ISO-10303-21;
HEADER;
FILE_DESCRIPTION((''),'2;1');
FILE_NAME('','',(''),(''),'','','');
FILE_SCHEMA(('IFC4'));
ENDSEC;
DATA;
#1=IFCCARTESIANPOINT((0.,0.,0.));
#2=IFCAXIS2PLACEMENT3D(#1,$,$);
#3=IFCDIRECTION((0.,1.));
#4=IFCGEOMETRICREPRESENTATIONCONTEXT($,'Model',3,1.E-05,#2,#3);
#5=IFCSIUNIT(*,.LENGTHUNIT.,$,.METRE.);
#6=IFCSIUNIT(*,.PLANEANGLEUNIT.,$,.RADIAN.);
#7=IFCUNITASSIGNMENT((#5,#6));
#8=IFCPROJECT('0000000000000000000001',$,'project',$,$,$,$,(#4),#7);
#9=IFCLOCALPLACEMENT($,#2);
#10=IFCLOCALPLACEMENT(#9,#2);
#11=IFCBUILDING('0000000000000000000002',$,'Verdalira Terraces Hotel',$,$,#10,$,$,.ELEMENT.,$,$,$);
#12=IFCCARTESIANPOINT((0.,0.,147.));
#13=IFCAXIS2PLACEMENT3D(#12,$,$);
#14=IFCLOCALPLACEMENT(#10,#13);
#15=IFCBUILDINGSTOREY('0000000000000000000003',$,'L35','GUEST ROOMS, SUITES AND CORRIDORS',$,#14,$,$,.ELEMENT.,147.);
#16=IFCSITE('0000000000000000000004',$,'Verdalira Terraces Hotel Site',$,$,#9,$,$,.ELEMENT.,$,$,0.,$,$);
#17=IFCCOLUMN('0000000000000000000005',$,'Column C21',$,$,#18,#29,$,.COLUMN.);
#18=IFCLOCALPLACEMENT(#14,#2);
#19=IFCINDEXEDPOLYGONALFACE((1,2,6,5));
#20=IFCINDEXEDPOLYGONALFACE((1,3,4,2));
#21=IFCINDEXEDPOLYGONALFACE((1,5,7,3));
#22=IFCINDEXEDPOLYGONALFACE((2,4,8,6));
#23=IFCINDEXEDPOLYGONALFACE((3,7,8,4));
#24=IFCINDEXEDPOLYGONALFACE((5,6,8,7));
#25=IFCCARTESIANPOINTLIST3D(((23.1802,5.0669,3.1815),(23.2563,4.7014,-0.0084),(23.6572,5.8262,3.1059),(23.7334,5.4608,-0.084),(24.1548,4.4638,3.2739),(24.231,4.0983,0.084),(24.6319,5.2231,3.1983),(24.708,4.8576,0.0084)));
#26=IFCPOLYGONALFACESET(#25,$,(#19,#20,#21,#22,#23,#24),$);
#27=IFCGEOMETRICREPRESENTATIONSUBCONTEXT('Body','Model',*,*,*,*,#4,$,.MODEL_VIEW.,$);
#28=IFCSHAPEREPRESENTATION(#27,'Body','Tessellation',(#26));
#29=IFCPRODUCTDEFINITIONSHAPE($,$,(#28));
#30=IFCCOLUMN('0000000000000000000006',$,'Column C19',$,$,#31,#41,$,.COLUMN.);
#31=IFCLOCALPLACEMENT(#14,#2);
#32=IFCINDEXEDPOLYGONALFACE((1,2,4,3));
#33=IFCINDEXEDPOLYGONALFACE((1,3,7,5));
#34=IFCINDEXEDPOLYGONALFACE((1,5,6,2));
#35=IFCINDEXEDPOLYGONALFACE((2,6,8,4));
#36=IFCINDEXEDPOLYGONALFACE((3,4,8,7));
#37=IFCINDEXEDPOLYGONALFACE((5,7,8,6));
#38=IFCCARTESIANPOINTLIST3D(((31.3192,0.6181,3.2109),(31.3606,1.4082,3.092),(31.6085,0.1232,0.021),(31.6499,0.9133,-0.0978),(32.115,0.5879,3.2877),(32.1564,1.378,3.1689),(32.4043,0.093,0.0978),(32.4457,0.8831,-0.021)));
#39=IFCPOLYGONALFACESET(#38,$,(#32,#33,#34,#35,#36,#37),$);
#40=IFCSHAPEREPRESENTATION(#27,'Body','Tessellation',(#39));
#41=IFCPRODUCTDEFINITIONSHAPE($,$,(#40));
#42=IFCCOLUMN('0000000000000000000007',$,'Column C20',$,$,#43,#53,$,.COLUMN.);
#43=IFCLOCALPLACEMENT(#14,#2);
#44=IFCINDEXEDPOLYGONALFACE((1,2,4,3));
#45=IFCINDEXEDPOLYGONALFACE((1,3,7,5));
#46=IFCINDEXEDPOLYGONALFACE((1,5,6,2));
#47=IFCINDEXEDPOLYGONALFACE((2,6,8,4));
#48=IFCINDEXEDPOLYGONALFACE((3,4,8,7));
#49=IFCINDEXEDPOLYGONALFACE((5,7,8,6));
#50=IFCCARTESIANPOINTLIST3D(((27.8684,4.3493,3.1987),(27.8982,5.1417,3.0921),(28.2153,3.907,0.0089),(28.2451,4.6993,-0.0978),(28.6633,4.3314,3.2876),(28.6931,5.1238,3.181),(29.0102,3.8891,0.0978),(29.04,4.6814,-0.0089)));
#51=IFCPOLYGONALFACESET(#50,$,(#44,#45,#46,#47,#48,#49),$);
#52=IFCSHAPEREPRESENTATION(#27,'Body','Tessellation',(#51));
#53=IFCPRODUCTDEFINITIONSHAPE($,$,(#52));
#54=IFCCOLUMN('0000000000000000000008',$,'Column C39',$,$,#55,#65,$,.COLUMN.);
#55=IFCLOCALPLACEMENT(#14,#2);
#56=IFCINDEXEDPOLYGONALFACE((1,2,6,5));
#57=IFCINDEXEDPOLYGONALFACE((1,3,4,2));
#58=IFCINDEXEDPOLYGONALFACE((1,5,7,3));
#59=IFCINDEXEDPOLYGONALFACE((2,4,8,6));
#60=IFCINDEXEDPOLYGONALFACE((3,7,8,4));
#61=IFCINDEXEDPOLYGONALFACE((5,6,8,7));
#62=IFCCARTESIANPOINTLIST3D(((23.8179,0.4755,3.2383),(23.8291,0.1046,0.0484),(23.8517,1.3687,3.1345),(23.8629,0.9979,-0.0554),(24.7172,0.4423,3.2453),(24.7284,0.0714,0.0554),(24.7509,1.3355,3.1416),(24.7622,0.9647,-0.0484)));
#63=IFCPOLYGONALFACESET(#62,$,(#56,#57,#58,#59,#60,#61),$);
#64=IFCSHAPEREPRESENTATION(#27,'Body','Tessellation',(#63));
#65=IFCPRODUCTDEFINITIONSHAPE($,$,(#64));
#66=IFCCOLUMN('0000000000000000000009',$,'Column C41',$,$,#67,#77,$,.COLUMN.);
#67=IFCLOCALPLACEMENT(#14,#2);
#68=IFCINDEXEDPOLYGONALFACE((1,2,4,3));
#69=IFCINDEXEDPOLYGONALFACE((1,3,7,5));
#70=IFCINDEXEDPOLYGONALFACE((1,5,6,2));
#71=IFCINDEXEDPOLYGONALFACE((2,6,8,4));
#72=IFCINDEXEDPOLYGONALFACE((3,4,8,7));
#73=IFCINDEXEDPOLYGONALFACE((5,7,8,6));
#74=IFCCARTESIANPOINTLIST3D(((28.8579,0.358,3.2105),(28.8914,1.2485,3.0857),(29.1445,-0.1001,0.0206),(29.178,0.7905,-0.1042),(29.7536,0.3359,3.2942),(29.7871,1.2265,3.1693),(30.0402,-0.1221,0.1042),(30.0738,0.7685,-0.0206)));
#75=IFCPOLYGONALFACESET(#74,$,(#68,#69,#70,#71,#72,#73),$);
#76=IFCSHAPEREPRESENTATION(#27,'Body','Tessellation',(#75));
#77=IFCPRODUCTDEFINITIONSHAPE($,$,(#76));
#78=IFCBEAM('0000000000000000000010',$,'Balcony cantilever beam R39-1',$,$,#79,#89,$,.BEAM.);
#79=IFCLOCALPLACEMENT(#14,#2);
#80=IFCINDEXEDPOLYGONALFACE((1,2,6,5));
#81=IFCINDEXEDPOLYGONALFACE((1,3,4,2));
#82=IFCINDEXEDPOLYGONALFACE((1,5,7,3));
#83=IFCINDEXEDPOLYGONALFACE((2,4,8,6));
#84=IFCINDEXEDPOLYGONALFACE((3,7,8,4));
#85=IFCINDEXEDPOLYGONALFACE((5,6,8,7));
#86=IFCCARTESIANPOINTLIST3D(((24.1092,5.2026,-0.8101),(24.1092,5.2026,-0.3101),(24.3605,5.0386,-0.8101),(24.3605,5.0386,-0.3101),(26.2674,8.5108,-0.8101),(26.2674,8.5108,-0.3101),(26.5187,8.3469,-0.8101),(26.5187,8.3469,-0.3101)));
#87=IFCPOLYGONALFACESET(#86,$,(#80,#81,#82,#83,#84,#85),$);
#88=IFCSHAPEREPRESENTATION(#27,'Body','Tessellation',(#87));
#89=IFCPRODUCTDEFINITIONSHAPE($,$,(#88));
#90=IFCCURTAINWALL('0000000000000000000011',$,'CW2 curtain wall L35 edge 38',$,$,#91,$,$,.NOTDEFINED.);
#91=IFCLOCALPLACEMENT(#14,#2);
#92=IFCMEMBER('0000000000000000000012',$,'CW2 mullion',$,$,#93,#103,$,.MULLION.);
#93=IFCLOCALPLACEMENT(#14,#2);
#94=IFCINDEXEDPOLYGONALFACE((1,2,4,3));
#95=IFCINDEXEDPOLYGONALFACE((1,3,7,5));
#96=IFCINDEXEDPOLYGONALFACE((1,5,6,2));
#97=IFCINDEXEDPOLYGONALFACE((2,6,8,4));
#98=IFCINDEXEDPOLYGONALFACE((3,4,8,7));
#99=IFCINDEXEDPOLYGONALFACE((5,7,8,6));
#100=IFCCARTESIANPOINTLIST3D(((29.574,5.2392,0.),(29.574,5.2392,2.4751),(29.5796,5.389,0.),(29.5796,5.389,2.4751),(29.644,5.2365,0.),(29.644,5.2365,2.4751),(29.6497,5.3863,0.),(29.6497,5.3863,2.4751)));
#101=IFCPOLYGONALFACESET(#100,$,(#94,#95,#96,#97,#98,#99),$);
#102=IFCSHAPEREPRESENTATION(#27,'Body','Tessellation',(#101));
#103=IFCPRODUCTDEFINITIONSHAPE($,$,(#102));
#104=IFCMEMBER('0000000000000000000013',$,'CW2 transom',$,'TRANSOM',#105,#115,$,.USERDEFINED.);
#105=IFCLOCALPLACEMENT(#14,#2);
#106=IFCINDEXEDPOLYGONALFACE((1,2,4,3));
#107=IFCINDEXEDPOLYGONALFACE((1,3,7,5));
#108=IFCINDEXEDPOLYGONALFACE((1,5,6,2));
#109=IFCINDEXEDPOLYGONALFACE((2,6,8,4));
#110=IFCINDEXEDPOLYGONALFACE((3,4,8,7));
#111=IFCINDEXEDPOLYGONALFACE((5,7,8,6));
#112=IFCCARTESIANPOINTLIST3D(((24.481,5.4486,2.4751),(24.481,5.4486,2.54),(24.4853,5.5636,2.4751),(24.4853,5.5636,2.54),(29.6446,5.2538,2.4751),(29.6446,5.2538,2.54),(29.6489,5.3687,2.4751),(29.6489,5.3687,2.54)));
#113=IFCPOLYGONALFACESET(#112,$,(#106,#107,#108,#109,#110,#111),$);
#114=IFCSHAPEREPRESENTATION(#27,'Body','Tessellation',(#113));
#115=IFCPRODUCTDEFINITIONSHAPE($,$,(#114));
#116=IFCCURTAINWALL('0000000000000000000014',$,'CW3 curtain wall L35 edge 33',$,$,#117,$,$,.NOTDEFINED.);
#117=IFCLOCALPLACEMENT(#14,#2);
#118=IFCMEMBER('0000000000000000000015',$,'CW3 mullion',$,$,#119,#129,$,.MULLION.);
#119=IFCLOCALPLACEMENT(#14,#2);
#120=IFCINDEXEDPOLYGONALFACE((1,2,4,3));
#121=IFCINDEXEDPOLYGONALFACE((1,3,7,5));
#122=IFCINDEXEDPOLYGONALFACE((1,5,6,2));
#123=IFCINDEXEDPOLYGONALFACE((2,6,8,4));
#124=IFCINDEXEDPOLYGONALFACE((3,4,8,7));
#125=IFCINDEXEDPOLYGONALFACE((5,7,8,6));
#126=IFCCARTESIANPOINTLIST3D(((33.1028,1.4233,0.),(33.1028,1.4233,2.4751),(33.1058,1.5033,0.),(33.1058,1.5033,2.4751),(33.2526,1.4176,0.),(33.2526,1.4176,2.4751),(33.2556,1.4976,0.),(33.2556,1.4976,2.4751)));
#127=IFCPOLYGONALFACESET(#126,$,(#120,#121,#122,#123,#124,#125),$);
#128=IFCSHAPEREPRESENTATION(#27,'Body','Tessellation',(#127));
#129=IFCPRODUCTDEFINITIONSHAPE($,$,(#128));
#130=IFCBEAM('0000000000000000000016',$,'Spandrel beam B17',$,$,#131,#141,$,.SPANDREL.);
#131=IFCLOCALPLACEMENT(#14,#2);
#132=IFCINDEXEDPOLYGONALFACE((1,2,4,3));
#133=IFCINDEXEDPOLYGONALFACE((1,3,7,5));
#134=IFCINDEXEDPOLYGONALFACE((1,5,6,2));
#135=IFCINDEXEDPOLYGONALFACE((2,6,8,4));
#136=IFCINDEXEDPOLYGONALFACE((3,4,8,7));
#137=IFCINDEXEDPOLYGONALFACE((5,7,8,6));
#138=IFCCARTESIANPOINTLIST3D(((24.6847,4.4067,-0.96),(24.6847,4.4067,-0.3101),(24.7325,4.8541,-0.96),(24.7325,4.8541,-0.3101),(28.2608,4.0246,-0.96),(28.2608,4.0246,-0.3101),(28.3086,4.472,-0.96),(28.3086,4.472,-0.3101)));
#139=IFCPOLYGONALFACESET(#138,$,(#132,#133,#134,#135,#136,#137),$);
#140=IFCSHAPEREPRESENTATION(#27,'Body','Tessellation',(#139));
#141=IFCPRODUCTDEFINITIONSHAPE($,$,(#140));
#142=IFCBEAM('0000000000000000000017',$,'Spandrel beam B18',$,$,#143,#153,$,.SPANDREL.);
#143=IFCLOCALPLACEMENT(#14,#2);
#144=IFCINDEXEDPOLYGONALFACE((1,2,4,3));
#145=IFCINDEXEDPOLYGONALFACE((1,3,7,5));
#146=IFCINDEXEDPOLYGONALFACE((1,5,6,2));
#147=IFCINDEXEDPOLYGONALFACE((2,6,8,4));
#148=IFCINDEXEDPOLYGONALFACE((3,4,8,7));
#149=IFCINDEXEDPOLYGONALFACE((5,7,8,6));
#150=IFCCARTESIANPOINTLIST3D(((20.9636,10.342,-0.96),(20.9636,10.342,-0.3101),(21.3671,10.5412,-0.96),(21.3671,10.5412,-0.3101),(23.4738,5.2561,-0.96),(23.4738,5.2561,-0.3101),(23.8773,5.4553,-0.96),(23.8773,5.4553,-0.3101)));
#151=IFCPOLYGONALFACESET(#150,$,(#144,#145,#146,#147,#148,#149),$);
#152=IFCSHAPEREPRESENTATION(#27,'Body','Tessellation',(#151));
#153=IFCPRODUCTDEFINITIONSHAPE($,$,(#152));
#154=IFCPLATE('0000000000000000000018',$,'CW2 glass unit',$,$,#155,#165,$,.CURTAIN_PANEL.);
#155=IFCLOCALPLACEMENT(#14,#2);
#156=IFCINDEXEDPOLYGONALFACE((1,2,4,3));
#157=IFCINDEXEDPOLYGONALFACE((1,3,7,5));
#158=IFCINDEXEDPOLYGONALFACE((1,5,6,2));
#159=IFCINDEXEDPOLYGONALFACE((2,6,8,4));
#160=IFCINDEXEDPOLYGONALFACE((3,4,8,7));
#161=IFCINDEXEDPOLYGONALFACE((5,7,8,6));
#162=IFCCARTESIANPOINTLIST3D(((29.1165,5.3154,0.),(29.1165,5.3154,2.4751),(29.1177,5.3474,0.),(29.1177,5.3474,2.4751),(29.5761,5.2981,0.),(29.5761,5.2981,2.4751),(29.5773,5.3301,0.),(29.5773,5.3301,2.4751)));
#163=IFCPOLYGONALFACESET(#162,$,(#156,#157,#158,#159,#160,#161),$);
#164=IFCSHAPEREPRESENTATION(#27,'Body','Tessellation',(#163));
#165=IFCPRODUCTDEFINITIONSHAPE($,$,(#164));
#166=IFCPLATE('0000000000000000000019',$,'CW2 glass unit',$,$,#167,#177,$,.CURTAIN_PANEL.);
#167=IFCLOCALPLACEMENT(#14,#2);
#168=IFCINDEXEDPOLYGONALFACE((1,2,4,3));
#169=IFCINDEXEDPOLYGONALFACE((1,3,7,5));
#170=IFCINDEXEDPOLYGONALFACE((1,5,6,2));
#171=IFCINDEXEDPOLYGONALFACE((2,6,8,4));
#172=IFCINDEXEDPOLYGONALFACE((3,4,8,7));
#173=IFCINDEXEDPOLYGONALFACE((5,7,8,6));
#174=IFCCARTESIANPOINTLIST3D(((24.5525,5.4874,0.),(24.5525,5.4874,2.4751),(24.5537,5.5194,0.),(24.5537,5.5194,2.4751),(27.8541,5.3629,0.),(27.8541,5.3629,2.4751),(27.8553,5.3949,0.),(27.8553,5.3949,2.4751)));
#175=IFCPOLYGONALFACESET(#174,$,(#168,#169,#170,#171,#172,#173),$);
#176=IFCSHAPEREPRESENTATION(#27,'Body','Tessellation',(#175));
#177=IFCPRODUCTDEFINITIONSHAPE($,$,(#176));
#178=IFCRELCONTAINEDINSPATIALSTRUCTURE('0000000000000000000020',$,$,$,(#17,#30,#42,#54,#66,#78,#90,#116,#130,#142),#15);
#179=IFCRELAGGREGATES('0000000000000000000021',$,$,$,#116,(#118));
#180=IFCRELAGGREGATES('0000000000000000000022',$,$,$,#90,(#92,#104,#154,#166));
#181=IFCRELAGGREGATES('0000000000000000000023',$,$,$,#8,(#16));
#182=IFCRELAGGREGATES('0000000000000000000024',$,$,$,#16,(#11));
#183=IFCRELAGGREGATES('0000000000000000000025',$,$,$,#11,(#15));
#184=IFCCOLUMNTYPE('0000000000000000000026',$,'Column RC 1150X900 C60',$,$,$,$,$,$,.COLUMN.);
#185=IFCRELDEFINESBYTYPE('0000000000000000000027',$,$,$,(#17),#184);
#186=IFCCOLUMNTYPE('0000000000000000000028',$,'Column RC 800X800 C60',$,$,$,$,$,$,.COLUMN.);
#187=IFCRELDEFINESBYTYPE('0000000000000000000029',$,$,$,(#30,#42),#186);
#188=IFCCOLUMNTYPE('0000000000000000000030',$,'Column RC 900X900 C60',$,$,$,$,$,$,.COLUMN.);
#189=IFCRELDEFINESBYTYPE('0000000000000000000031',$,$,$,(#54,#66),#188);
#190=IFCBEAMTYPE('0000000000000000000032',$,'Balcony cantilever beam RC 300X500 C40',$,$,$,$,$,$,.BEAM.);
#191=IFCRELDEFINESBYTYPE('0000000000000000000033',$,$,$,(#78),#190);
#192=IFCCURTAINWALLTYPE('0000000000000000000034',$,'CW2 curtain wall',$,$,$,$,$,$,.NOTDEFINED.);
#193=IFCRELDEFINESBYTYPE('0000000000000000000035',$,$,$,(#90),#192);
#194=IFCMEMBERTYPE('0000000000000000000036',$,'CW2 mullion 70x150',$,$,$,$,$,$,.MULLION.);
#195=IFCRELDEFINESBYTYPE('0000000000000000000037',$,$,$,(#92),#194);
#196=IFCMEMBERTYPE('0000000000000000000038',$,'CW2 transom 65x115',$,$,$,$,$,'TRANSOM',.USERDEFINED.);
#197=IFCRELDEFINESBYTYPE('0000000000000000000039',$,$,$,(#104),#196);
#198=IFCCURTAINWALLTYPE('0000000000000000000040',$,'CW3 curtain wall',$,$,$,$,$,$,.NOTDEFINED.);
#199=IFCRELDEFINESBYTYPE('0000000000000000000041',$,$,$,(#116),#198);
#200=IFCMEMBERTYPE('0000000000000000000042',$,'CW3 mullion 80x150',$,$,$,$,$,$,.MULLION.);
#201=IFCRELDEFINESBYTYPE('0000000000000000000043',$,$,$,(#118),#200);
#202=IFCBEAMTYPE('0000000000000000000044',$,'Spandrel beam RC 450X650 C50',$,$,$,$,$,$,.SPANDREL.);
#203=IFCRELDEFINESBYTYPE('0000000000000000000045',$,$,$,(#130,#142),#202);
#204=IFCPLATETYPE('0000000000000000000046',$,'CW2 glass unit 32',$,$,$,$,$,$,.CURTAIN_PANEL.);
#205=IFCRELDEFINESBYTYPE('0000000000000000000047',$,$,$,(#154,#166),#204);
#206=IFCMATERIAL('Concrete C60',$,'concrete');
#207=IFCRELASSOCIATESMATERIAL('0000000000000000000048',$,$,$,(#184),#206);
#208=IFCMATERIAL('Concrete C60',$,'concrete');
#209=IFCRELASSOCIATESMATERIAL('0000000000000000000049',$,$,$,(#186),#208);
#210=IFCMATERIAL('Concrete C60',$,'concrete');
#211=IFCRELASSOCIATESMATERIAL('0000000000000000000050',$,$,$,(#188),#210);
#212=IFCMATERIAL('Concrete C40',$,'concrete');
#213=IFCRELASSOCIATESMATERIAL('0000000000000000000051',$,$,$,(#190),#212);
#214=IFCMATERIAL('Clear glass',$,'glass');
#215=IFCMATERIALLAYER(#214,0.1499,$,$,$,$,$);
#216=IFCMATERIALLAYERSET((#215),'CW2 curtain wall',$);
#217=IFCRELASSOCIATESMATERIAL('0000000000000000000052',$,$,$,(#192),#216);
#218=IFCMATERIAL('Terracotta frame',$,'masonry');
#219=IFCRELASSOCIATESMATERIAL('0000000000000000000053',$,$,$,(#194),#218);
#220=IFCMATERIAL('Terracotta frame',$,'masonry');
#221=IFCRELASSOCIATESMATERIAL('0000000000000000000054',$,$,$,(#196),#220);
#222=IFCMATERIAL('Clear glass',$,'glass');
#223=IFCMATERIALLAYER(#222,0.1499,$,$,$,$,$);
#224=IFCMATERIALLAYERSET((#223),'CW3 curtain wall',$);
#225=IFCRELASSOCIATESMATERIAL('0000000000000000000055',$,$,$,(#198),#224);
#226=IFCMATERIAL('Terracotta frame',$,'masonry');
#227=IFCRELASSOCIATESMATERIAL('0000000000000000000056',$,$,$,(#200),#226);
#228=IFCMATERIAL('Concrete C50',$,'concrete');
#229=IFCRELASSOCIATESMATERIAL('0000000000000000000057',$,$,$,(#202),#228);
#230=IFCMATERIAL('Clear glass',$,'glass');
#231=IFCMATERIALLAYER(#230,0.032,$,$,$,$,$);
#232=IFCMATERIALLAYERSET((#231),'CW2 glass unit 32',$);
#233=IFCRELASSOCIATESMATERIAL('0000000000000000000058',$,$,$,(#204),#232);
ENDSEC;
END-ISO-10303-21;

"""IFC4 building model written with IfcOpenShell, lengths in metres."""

from ifc_helpers import new_model, si_unit, direction, frame, origin, origin_2d, place, context, subcontext, project, spatial, rectangle, extrude, material, layer, layer_set, material_profile, profile_set, type_object, element, aggregate, save


model = new_model("IFC4")

# Units and contexts
model_context = context("Model", 3, precision=1e-05, world=origin(), true_north=direction((0.0, 1.0)))
body_context = subcontext(model_context, "Body", "Model", "MODEL_VIEW")
ifc_project = project(units=[si_unit("LENGTHUNIT", "METRE"), si_unit("PLANEANGLEUNIT", "RADIAN")], contexts=[model_context])

# Site, building, storey
site_placement = place(None, origin())
site = spatial("IfcSite", under=ifc_project, at=site_placement, Name="Verdalira Terraces Hotel Site", CompositionType="ELEMENT", RefElevation=0.0)
building_placement = place(site_placement, origin())
building = spatial("IfcBuilding", under=site, at=building_placement, Name="Verdalira Terraces Hotel", CompositionType="ELEMENT")
storey_placement = place(building_placement, frame((0.0, 0.0, 147.0)))
storey = spatial("IfcBuildingStorey", under=building, at=storey_placement, Name="L35", Description="GUEST ROOMS, SUITES AND CORRIDORS", CompositionType="ELEMENT", Elevation=147.0)

# Columns
ifc_material_1 = material(Name="Concrete C60", Category="concrete")
ifc_material_profile_1 = material_profile(ifc_material_1, rectangle(XDim=1.1499, YDim=0.8999, at=origin_2d()), Name="RC 1150X900")
ifc_profile_set_1 = profile_set([ifc_material_profile_1], Name="Concrete C60")
column_type_1 = type_object("IfcColumnType", Name="Column RC 1150X900 C60", PredefinedType="COLUMN", material=ifc_profile_set_1)
column_1_placement = place(storey_placement, frame((23.9822, 4.7795, 0.0), z_axis=(-0.023717, 0.113795, 0.993221), x_axis=(0.847615, -0.524495, 0.080333)))
element("IfcColumn", 1, at=column_1_placement, inside=storey, type_object=column_type_1, Name="Column C21", PredefinedType="COLUMN", context=body_context, shape_type="SweptSolid", body=[
    extrude(rectangle(XDim=1.1499, YDim=0.8999, at=origin_2d()), origin(), (0.0, 0.0, 1.0), 3.2117),
])
ifc_material_2 = material(Name="Concrete C60", Category="concrete")
ifc_material_profile_2 = material_profile(ifc_material_2, rectangle(XDim=0.8, YDim=0.8, at=origin_2d()), Name="RC 800X800")
ifc_profile_set_2 = profile_set([ifc_material_profile_2], Name="Concrete C60")
column_type_2 = type_object("IfcColumnType", Name="Column RC 800X800 C60", PredefinedType="COLUMN", material=ifc_profile_set_2)
column_2_placement = place(storey_placement, frame((32.0271, 0.5032, 0.0), z_axis=(-0.089264, 0.15269, 0.984235), x_axis=(0.051793, 0.987554, -0.148507)))
element("IfcColumn", 2, at=column_2_placement, inside=storey, type_object=column_type_2, Name="Column C19", PredefinedType="COLUMN", context=body_context, shape_type="SweptSolid", body=[
    extrude(rectangle(XDim=0.8, YDim=0.8, at=origin_2d()), origin(), (0.0, 0.0, 1.0), 3.241),
])
column_3_placement = place(storey_placement, frame((28.6277, 4.2942, 0.0), z_axis=(-0.107105, 0.136576, 0.984823), x_axis=(-0.99355, 0.022387, -0.111159)))
element("IfcColumn", 3, at=column_3_placement, inside=storey, type_object=column_type_2, Name="Column C20", PredefinedType="COLUMN", context=body_context, shape_type="SweptSolid", body=[
    extrude(rectangle(XDim=0.8, YDim=0.8, at=origin_2d()), origin(), (0.0, 0.0, 1.0), 3.239),
])
ifc_material_3 = material(Name="Concrete C60", Category="concrete")
ifc_material_profile_3 = material_profile(ifc_material_3, rectangle(XDim=0.8999, YDim=0.8999, at=origin_2d()), Name="RC 900X900")
ifc_profile_set_3 = profile_set([ifc_material_profile_3], Name="Concrete C60")
column_type_3 = type_object("IfcColumnType", Name="Column RC 900X900 C60", PredefinedType="COLUMN", material=ifc_profile_set_3)
column_4_placement = place(storey_placement, frame((24.2957, 0.5347, 0.0), z_axis=(-0.003497, 0.115477, 0.993304), x_axis=(0.999289, -0.03689, 0.007807)))
element("IfcColumn", 4, at=column_4_placement, inside=storey, type_object=column_type_3, Name="Column C39", PredefinedType="COLUMN", context=body_context, shape_type="SweptSolid", body=[
    extrude(rectangle(XDim=0.8999, YDim=0.8999, at=origin_2d()), origin(), (0.0, 0.0, 1.0), 3.2114),
])
column_5_placement = place(storey_placement, frame((29.6091, 0.3342, 0.0), z_axis=(-0.08859, 0.141563, 0.985957), x_axis=(0.995371, -0.02445, 0.092946)))
element("IfcColumn", 5, at=column_5_placement, inside=storey, type_object=column_type_3, Name="Column C41", PredefinedType="COLUMN", context=body_context, shape_type="SweptSolid", body=[
    extrude(rectangle(XDim=0.8999, YDim=0.8999, at=origin_2d()), origin(), (0.0, 0.0, 1.0), 3.2354),
])

# Beam
ifc_material_4 = material(Name="Concrete C40", Category="concrete")
ifc_material_profile_4 = material_profile(ifc_material_4, rectangle(XDim=0.3, YDim=0.5, at=origin_2d()), Name="RC 300X500")
ifc_profile_set_4 = profile_set([ifc_material_profile_4], Name="Concrete C40")
beam_type_1 = type_object("IfcBeamType", Name="Balcony cantilever beam RC 300X500 C40", PredefinedType="BEAM", material=ifc_profile_set_4)
beam_1_placement = place(storey_placement, frame((24.2349, 5.1206, -0.5601), z_axis=(0.546371, 0.837543, 0.0), x_axis=(-0.837543, 0.546371, 0.0)))
element("IfcBeam", 6, at=beam_1_placement, inside=storey, type_object=beam_type_1, Name="Balcony cantilever beam R39-1", PredefinedType="BEAM", context=body_context, shape_type="SweptSolid", body=[
    extrude(rectangle(XDim=0.3, YDim=0.5, at=origin_2d()), origin(), (0.0, 0.0, 1.0), 3.95),
])

# Curtain wall, members
ifc_material_5 = material(Name="Clear glass", Category="glass")
ifc_layer_1 = layer(ifc_material_5, 0.1499)
ifc_layer_set_1 = layer_set([ifc_layer_1], Name="CW2 curtain wall")
curtain_wall_type_1 = type_object("IfcCurtainWallType", Name="CW2 curtain wall", PredefinedType="NOTDEFINED", material=ifc_layer_set_1)
curtain_wall_1_placement = place(storey_placement, origin())
curtain_wall_1 = element("IfcCurtainWall", 7, at=curtain_wall_1_placement, inside=storey, type_object=curtain_wall_type_1, Name="CW2 curtain wall L35 edge 38", PredefinedType="NOTDEFINED")
ifc_material_6 = material(Name="Terracotta frame", Category="masonry")
ifc_material_profile_5 = material_profile(ifc_material_6, rectangle(XDim=0.0701, YDim=0.1499, at=origin_2d()), Name="MU 70x150")
ifc_profile_set_5 = profile_set([ifc_material_profile_5], Name="Terracotta frame")
member_type_1 = type_object("IfcMemberType", Name="CW2 mullion 70x150", PredefinedType="MULLION", material=ifc_profile_set_5)
member_1_placement = place(storey_placement, frame((29.6118, 5.3127, 0.0), z_axis=(0.0, 0.0, 1.0), x_axis=(-0.999289, 0.03769, 0.0)))
member_1 = element("IfcMember", 8, at=member_1_placement, type_object=member_type_1, Name="CW2 mullion", PredefinedType="MULLION", context=body_context, shape_type="SweptSolid", body=[
    extrude(rectangle(XDim=0.0701, YDim=0.1499, at=origin_2d()), origin(), (0.0, 0.0, 1.0), 2.4751),
])
ifc_material_7 = material(Name="Terracotta frame", Category="masonry")
ifc_material_profile_6 = material_profile(ifc_material_7, rectangle(XDim=0.115, YDim=0.0649, at=origin_2d()), Name="TR 65x115")
ifc_profile_set_6 = profile_set([ifc_material_profile_6], Name="Terracotta frame")
member_type_2 = type_object("IfcMemberType", Name="CW2 transom 65x115", ElementType="TRANSOM", PredefinedType="USERDEFINED", material=ifc_profile_set_6)
member_2_placement = place(storey_placement, frame((29.6467, 5.3113, 2.5076), z_axis=(-0.999289, 0.037704, 0.0), x_axis=(-0.037704, -0.999289, 0.0)))
member_2 = element("IfcMember", 9, at=member_2_placement, type_object=member_type_2, Name="CW2 transom", ObjectType="TRANSOM", PredefinedType="USERDEFINED", context=body_context, shape_type="SweptSolid", body=[
    extrude(rectangle(XDim=0.115, YDim=0.0649, at=origin_2d()), origin(), (0.0, 0.0, 1.0), 5.1672),
])

# Curtain wall, member
ifc_material_8 = material(Name="Clear glass", Category="glass")
ifc_layer_2 = layer(ifc_material_8, 0.1499)
ifc_layer_set_2 = layer_set([ifc_layer_2], Name="CW3 curtain wall")
curtain_wall_type_2 = type_object("IfcCurtainWallType", Name="CW3 curtain wall", PredefinedType="NOTDEFINED", material=ifc_layer_set_2)
curtain_wall_2_placement = place(storey_placement, origin())
curtain_wall_2 = element("IfcCurtainWall", 10, at=curtain_wall_2_placement, inside=storey, type_object=curtain_wall_type_2, Name="CW3 curtain wall L35 edge 33", PredefinedType="NOTDEFINED")
ifc_material_9 = material(Name="Terracotta frame", Category="masonry")
ifc_material_profile_7 = material_profile(ifc_material_9, rectangle(XDim=0.0801, YDim=0.1499, at=origin_2d()), Name="MU 80x150")
ifc_profile_set_7 = profile_set([ifc_material_profile_7], Name="Terracotta frame")
member_type_3 = type_object("IfcMemberType", Name="CW3 mullion 80x150", PredefinedType="MULLION", material=ifc_profile_set_7)
member_3_placement = place(storey_placement, frame((33.1792, 1.4604, 0.0), z_axis=(0.0, 0.0, 1.0), x_axis=(0.03769, 0.999289, 0.0)))
member_3 = element("IfcMember", 11, at=member_3_placement, type_object=member_type_3, Name="CW3 mullion", PredefinedType="MULLION", context=body_context, shape_type="SweptSolid", body=[
    extrude(rectangle(XDim=0.0801, YDim=0.1499, at=origin_2d()), origin(), (0.0, 0.0, 1.0), 2.4751),
])
aggregate(curtain_wall_2, [member_3])

# Beams
ifc_material_10 = material(Name="Concrete C50", Category="concrete")
ifc_material_profile_8 = material_profile(ifc_material_10, rectangle(XDim=0.45, YDim=0.6499, at=origin_2d()), Name="RC 450X650")
ifc_profile_set_8 = profile_set([ifc_material_profile_8], Name="Concrete C50")
beam_type_2 = type_object("IfcBeamType", Name="Spandrel beam RC 450X650 C50", PredefinedType="SPANDREL", material=ifc_profile_set_8)
beam_2_placement = place(storey_placement, frame((28.2847, 4.2483, -0.635), z_axis=(-0.994341, 0.106236, 0.0), x_axis=(-0.106236, -0.994341, 0.0)))
element("IfcBeam", 12, at=beam_2_placement, inside=storey, type_object=beam_type_2, Name="Spandrel beam B17", PredefinedType="SPANDREL", context=body_context, shape_type="SweptSolid", body=[
    extrude(rectangle(XDim=0.45, YDim=0.6499, at=origin_2d()), origin(), (0.0, 0.0, 1.0), 3.5964),
])
beam_3_placement = place(storey_placement, frame((23.6755, 5.3557, -0.635), z_axis=(-0.442593, 0.896723, 0.0), x_axis=(-0.896723, -0.442593, 0.0)))
element("IfcBeam", 13, at=beam_3_placement, inside=storey, type_object=beam_type_2, Name="Spandrel beam B18", PredefinedType="SPANDREL", context=body_context, shape_type="SweptSolid", body=[
    extrude(rectangle(XDim=0.45, YDim=0.6499, at=origin_2d()), origin(), (0.0, 0.0, 1.0), 5.6716),
])

# Plates
ifc_material_11 = material(Name="Clear glass", Category="glass")
ifc_layer_3 = layer(ifc_material_11, 0.032)
ifc_layer_set_3 = layer_set([ifc_layer_3], Name="CW2 glass unit 32")
plate_type = type_object("IfcPlateType", Name="CW2 glass unit 32", PredefinedType="CURTAIN_PANEL", material=ifc_layer_set_3)
plate_1_placement = place(storey_placement, frame((29.3469, 5.3228, 0.0), z_axis=(0.0, 0.0, 1.0), x_axis=(-0.999289, 0.03769, 0.0)))
plate_1 = element("IfcPlate", 14, at=plate_1_placement, type_object=plate_type, Name="CW2 glass unit", PredefinedType="CURTAIN_PANEL", context=body_context, shape_type="SweptSolid", body=[
    extrude(rectangle(XDim=0.46, YDim=0.032, at=origin_2d()), origin(), (0.0, 0.0, 1.0), 2.4751),
])
plate_2_placement = place(storey_placement, frame((26.2039, 5.4412, 0.0), z_axis=(0.0, 0.0, 1.0), x_axis=(-0.999289, 0.03769, 0.0)))
plate_2 = element("IfcPlate", 15, at=plate_2_placement, type_object=plate_type, Name="CW2 glass unit", PredefinedType="CURTAIN_PANEL", context=body_context, shape_type="SweptSolid", body=[
    extrude(rectangle(XDim=3.304, YDim=0.032, at=origin_2d()), origin(), (0.0, 0.0, 1.0), 2.4751),
])
aggregate(curtain_wall_1, [member_1, member_2, plate_1, plate_2])

save(model, "model.ifc")
